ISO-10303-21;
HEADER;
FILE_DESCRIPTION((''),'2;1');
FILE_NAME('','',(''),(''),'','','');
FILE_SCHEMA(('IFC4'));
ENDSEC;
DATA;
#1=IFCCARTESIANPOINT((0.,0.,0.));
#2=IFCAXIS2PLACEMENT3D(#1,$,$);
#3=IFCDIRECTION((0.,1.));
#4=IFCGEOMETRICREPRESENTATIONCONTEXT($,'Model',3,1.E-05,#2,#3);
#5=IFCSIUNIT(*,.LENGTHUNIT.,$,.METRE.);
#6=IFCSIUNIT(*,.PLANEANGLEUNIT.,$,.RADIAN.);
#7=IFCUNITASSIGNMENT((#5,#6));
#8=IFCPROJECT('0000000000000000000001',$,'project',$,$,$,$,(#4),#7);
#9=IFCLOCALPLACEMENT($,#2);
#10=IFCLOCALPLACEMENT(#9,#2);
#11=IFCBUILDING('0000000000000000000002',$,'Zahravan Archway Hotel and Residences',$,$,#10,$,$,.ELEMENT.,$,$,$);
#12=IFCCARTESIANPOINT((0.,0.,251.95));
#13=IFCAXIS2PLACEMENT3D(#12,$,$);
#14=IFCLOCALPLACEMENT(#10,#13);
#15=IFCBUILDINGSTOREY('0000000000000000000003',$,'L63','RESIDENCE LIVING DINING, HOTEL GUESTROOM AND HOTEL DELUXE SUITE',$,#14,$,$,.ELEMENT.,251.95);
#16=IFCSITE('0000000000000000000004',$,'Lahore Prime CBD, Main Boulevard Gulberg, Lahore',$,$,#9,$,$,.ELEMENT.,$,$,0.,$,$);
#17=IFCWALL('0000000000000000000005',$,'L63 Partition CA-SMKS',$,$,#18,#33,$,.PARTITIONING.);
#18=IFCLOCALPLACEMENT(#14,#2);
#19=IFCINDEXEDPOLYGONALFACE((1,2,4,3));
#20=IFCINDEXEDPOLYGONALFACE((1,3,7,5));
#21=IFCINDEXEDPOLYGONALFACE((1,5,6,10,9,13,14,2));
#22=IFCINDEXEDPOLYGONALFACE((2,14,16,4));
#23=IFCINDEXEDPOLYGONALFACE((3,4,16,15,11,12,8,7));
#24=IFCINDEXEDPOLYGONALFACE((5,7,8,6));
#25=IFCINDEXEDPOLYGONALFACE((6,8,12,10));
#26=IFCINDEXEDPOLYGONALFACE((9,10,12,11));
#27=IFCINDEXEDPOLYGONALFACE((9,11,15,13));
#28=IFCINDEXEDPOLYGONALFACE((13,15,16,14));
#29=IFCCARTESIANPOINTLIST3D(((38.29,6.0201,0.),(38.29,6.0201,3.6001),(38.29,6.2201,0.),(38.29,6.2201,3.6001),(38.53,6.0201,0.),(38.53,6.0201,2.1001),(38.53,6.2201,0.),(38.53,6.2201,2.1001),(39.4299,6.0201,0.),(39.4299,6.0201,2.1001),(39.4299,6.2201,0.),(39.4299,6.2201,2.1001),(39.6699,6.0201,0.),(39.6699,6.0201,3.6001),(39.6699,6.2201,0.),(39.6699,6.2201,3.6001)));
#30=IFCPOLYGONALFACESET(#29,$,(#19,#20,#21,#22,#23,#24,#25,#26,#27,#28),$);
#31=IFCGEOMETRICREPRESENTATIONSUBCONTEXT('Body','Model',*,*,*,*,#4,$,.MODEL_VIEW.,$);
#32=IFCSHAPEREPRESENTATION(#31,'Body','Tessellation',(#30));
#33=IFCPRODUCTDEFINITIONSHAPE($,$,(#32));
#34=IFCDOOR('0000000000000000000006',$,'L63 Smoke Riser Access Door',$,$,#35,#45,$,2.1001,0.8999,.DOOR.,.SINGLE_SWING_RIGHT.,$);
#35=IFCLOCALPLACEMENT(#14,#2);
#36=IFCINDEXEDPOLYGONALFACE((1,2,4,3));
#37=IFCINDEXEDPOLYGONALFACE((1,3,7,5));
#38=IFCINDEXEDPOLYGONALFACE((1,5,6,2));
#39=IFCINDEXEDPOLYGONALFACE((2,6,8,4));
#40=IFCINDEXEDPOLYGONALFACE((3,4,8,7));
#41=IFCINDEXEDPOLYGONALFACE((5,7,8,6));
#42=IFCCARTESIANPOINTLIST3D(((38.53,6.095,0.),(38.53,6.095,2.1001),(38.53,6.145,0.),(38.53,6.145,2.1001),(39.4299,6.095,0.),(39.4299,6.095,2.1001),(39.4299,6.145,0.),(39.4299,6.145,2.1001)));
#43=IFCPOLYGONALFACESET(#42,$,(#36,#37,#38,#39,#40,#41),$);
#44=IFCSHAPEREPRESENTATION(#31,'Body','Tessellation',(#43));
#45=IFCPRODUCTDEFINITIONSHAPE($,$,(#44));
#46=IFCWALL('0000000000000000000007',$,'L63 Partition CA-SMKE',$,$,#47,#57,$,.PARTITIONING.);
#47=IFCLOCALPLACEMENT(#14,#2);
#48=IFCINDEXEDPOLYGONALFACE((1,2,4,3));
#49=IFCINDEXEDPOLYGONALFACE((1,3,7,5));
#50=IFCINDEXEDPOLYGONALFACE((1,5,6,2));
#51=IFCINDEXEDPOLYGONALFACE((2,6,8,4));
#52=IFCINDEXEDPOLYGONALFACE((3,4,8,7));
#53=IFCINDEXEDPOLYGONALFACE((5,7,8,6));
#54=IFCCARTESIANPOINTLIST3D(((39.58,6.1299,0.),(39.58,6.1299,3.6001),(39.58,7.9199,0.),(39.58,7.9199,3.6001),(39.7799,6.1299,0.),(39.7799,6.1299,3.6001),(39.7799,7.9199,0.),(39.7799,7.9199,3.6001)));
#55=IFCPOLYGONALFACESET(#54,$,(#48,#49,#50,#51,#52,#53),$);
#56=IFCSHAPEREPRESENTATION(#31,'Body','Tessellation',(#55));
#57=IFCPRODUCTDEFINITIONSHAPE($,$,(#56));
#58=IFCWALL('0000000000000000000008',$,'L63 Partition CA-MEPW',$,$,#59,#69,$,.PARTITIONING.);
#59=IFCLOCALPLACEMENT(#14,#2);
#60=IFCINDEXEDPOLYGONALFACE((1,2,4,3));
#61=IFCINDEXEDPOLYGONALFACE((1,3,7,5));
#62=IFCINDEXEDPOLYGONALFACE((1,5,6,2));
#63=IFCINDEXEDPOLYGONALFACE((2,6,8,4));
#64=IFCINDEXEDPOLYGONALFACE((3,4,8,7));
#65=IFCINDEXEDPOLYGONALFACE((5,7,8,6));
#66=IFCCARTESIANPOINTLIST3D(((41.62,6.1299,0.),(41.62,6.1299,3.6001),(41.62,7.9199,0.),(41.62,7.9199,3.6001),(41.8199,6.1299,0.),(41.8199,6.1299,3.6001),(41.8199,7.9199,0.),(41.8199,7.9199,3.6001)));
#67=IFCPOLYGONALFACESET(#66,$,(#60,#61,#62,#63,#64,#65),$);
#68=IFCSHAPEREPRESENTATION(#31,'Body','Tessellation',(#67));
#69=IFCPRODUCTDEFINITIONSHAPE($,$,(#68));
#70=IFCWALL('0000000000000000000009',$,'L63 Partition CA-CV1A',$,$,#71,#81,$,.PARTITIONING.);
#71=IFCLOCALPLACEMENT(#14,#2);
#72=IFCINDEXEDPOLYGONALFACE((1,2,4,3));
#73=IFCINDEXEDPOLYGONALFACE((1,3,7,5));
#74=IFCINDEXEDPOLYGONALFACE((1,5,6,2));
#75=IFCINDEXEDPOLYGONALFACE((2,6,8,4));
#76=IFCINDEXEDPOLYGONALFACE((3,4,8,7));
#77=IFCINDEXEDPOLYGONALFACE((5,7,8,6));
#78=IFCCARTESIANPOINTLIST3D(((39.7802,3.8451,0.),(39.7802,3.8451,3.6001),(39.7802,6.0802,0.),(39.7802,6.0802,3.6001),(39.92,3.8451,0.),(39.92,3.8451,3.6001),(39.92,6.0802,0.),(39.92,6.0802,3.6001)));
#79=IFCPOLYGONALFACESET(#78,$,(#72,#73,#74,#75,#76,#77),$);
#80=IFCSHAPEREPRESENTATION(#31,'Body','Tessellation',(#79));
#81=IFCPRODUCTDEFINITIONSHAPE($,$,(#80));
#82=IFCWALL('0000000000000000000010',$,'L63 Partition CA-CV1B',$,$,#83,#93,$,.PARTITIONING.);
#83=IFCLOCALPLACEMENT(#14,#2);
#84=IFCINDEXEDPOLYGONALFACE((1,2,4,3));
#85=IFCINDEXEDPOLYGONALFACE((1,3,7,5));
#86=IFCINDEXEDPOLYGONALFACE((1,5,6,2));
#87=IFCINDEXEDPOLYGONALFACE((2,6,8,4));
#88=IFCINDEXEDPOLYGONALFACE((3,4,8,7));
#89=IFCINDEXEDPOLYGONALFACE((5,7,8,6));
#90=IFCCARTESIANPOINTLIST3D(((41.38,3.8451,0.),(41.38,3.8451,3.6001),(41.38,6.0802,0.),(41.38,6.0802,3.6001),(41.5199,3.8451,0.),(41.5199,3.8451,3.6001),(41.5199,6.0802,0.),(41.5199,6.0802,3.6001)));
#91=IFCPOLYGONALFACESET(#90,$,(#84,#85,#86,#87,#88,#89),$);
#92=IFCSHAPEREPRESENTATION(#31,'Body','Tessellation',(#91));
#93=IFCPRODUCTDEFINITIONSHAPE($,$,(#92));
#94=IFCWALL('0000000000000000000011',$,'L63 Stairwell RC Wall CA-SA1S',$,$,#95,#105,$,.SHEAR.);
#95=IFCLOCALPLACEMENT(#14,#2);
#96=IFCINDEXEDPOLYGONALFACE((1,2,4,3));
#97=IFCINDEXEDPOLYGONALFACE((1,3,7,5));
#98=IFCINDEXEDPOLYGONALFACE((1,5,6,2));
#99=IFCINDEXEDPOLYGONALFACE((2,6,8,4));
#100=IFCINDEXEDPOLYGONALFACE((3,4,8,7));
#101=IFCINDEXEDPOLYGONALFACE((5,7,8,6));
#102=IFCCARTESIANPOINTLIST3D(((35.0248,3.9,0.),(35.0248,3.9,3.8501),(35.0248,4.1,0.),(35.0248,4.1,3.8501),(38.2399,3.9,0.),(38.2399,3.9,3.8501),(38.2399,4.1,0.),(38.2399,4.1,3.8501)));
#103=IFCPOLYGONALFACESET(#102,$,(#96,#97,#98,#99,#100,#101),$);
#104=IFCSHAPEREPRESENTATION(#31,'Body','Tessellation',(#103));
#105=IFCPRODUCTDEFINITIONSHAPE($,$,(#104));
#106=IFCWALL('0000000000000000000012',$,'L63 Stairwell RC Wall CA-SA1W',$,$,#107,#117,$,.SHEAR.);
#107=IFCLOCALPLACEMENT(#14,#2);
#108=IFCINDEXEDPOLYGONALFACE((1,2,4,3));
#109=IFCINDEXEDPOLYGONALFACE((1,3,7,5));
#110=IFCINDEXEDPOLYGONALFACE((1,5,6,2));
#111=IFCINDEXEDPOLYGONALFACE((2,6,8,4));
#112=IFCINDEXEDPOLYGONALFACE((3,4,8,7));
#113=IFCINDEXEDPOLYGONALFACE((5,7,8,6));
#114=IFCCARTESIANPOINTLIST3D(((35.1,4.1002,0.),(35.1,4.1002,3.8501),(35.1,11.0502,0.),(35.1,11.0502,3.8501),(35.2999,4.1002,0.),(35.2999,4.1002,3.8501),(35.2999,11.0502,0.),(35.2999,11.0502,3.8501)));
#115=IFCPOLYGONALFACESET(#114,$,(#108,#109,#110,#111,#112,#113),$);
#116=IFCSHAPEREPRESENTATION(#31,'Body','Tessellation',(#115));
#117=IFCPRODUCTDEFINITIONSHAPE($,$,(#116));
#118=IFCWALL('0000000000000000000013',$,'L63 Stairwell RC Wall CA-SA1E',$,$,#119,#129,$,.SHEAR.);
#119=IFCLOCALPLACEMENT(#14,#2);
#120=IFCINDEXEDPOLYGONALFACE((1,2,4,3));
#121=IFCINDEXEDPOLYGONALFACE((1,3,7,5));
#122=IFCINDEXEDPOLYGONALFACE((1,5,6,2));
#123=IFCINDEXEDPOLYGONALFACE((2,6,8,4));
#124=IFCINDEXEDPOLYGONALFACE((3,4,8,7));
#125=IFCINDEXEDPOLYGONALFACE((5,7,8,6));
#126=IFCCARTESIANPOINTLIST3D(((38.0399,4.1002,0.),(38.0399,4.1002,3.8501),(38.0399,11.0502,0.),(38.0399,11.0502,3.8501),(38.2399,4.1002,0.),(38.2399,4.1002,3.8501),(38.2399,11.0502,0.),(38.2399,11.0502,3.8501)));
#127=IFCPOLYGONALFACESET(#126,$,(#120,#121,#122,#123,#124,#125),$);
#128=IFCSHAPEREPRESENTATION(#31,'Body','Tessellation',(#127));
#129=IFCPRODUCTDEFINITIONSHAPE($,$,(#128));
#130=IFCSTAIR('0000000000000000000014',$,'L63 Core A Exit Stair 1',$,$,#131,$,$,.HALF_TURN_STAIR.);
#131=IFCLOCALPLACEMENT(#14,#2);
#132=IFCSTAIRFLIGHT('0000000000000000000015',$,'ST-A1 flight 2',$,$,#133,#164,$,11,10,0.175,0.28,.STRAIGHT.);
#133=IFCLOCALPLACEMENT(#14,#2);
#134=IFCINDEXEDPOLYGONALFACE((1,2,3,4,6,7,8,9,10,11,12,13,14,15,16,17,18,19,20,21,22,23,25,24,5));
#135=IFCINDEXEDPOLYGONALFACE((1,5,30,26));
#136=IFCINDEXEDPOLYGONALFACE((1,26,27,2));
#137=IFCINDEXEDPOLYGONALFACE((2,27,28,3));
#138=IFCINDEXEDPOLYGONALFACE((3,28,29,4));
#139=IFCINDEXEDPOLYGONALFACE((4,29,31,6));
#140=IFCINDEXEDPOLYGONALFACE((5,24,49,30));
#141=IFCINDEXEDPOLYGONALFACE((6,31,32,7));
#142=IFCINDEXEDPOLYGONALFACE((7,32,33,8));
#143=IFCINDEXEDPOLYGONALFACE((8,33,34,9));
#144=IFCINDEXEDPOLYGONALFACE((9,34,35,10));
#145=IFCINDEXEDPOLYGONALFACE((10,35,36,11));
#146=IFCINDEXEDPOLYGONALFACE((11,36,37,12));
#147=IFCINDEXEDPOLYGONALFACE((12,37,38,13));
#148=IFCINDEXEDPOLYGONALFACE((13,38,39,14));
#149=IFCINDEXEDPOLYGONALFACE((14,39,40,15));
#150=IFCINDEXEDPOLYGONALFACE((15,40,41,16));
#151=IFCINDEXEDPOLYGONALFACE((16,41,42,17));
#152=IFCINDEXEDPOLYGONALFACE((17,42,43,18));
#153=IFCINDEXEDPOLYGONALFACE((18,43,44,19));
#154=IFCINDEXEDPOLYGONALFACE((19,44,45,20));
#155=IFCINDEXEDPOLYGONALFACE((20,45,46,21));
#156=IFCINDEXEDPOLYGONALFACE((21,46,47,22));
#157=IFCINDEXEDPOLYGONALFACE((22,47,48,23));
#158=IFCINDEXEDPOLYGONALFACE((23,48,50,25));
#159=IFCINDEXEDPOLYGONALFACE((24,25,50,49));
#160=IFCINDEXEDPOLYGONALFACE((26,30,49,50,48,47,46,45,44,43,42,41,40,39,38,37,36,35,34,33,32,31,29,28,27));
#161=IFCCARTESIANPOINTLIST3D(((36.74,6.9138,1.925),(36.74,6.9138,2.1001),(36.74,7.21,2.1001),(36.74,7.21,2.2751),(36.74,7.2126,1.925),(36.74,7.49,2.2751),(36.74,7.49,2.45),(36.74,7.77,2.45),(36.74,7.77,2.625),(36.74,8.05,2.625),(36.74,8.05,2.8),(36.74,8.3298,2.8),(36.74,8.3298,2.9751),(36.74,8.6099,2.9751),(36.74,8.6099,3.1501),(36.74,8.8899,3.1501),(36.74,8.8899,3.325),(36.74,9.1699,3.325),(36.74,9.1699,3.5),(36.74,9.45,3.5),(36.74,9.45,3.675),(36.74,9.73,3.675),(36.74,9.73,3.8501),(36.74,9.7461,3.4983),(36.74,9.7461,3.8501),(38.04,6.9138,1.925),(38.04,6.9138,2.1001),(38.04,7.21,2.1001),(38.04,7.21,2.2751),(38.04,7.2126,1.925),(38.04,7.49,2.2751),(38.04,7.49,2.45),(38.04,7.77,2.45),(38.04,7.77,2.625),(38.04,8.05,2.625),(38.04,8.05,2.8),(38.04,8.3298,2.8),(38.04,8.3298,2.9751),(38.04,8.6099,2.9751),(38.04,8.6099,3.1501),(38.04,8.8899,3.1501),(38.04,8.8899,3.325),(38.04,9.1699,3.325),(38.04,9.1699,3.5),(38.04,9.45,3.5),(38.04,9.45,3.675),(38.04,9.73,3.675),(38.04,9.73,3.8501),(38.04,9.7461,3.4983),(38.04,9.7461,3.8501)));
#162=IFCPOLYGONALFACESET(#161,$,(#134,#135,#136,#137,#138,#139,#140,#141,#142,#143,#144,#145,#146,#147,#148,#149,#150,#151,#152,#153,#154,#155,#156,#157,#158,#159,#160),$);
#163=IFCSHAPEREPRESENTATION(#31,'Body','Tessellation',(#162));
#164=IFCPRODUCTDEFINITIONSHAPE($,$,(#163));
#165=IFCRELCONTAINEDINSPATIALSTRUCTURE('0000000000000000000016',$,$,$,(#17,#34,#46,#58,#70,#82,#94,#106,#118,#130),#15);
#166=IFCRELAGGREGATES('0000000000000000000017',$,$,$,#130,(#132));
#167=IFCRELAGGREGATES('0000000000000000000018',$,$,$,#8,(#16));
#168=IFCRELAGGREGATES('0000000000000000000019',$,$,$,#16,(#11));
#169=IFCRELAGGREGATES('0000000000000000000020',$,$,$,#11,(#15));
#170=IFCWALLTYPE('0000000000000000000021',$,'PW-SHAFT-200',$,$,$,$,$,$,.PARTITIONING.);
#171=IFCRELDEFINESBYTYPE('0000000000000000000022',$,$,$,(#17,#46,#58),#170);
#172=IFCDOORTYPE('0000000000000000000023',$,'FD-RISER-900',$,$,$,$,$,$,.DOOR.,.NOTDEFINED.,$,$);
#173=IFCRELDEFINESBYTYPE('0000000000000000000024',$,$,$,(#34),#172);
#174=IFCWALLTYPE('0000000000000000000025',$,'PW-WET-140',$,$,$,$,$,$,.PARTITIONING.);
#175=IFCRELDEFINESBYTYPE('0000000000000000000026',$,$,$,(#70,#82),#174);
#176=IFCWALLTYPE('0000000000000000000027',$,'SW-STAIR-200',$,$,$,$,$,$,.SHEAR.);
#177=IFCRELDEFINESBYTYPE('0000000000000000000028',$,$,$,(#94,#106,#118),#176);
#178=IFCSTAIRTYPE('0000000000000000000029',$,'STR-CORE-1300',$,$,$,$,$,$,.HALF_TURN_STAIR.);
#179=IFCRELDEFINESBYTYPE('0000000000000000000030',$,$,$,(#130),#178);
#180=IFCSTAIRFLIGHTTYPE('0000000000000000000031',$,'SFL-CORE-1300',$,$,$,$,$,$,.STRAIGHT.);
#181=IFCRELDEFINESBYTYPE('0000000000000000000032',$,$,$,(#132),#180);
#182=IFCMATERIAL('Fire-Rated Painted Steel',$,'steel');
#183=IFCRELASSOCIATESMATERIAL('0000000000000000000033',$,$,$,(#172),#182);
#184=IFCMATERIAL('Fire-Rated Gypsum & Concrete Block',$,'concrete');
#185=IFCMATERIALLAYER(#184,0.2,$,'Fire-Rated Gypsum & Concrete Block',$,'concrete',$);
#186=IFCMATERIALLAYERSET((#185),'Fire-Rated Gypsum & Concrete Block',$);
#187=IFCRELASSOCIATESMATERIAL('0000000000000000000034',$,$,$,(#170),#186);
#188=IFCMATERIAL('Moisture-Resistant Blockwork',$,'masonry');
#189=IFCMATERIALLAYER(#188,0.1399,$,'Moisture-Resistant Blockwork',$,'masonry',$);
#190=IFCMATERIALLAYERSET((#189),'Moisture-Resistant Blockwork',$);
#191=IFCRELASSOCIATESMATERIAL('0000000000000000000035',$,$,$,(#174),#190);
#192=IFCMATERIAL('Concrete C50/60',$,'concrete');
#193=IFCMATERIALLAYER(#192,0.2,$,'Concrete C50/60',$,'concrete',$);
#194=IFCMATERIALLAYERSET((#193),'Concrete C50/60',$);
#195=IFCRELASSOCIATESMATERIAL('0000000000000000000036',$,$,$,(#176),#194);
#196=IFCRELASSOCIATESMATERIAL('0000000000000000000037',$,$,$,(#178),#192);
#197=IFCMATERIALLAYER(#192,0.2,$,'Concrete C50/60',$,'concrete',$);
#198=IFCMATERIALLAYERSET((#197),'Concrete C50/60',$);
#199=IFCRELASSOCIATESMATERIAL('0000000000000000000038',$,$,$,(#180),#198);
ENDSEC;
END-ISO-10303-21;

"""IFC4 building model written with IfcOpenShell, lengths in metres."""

from ifc_helpers import new_model, si_unit, direction, frame, frame_2d, origin, place, context, subcontext, project, spatial, polyline, rectangle, outline, extrude, source, transform, mapped, material, layer, layer_set, type_object, type_shapes, element, fill, aggregate, save


model = new_model("IFC4")

# Units and contexts
model_context = context("Model", 3, precision=1e-05, world=origin(), true_north=direction((0.0, 1.0)))
body_context = subcontext(model_context, "Body", "Model", "MODEL_VIEW")
ifc_project = project(units=[si_unit("LENGTHUNIT", "METRE"), si_unit("PLANEANGLEUNIT", "RADIAN")], contexts=[model_context])

# Site, building, storey
site_placement = place(None, origin())
site = spatial("IfcSite", under=ifc_project, at=site_placement, Name="Lahore Prime CBD, Main Boulevard Gulberg, Lahore", CompositionType="ELEMENT", RefElevation=0.0)
building_placement = place(site_placement, origin())
building = spatial("IfcBuilding", under=site, at=building_placement, Name="Zahravan Archway Hotel and Residences", CompositionType="ELEMENT")
storey_placement = place(building_placement, frame((0.0, 0.0, 251.95)))
storey = spatial("IfcBuildingStorey", under=building, at=storey_placement, Name="L63", Description="RESIDENCE LIVING DINING, HOTEL GUESTROOM AND HOTEL DELUXE SUITE", CompositionType="ELEMENT", Elevation=251.95)

# Shared definitions
ifc_material_1 = material(Name="Concrete C50/60", Category="concrete")

# Shared definitions
ifc_material_2 = material(Name="Fire-Rated Painted Steel", Category="steel")
door_type = type_object("IfcDoorType", Name="FD-RISER-900", OperationType="NOTDEFINED", PredefinedType="DOOR", material=ifc_material_2)
shared_shape_1 = source(origin(), body_context, "Body", "SweptSolid", [
    extrude(rectangle(XDim=0.8999, YDim=2.1001, at=frame_2d((0.45, 1.05))), frame((0.0, 0.0249, 0.0), z_axis=(0.0, -1.0, 0.0), x_axis=(1.0, 0.0, 0.0)), (0.0, 0.0, 1.0), 0.05),
])
type_shapes(door_type, [shared_shape_1])

# Wall, opening, door
ifc_material_3 = material(Name="Fire-Rated Gypsum & Concrete Block", Category="concrete")
ifc_layer_1 = layer(ifc_material_3, 0.2, Name="Fire-Rated Gypsum & Concrete Block", Category="concrete")
ifc_layer_set_1 = layer_set([ifc_layer_1], Name="Fire-Rated Gypsum & Concrete Block")
wall_type_1 = type_object("IfcWallType", Name="PW-SHAFT-200", PredefinedType="PARTITIONING", material=ifc_layer_set_1)
wall_1_placement = place(storey_placement, frame((38.29, 6.1201, 0.0), z_axis=(0.0, 0.0, 1.0), x_axis=(1.0, 0.0, 0.0)))
wall_1 = element("IfcWall", 1, at=wall_1_placement, inside=storey, type_object=wall_type_1, Name="L63 Partition CA-SMKS", PredefinedType="PARTITIONING", context=body_context, shape_type="SweptSolid", body=[
    extrude(rectangle(XDim=1.3799, YDim=0.2, at=frame_2d((0.6899, 0.0))), origin(), (0.0, 0.0, 1.0), 3.6001),
])
opening_1_placement = place(wall_1_placement, frame((0.24, 0.0, 0.0)))
opening_1 = element("IfcOpeningElement", 2, at=opening_1_placement, cuts=wall_1, PredefinedType="OPENING", context=body_context, shape_type="SweptSolid", body=[
    extrude(rectangle(XDim=0.8999, YDim=2.1001, at=frame_2d((0.45, 1.05))), frame((0.0, 0.1099, 0.0), z_axis=(0.0, -1.0, 0.0), x_axis=(1.0, 0.0, 0.0)), (0.0, 0.0, 1.0), 0.22),
])
door_1_placement = place(opening_1_placement, origin())
door_1 = element("IfcDoor", 3, at=door_1_placement, inside=storey, type_object=door_type, Name="L63 Smoke Riser Access Door", OperationType="SINGLE_SWING_RIGHT", OverallHeight=2.1001, OverallWidth=0.8999, PredefinedType="DOOR", context=body_context, shape_type="MappedRepresentation", body=[
    mapped(shared_shape_1, transform((0.0, 0.0, 0.0), scale=1.0)),
])
fill(opening_1, door_1)

# Walls
for number, where, z_axis, x_axis, name in (
    (4, (39.6799, 6.1299, 0.0), (0.0, 0.0, 1.0), (0.0, 1.0, 0.0), "L63 Partition CA-SMKE"),
    (5, (41.72, 6.1299, 0.0), (0.0, 0.0, 1.0), (0.0, 1.0, 0.0), "L63 Partition CA-MEPW"),
):
    element("IfcWall", number, at=place(storey_placement, frame(where, z_axis=z_axis, x_axis=x_axis)), inside=storey, type_object=wall_type_1, Name=name, PredefinedType="PARTITIONING", context=body_context, shape_type="SweptSolid", body=[
        extrude(rectangle(XDim=1.79, YDim=0.2, at=frame_2d((0.895, 0.0))), origin(), (0.0, 0.0, 1.0), 3.6001),
    ])
ifc_material_4 = material(Name="Moisture-Resistant Blockwork", Category="masonry")
ifc_layer_2 = layer(ifc_material_4, 0.1399, Name="Moisture-Resistant Blockwork", Category="masonry")
ifc_layer_set_2 = layer_set([ifc_layer_2], Name="Moisture-Resistant Blockwork")
wall_type_2 = type_object("IfcWallType", Name="PW-WET-140", PredefinedType="PARTITIONING", material=ifc_layer_set_2)
for number, where, z_axis, x_axis, name in (
    (6, (39.8501, 3.845, 0.0), (0.0, 0.0, 1.0), (0.0, 1.0, 0.0), "L63 Partition CA-CV1A"),
    (7, (41.45, 3.845, 0.0), (0.0, 0.0, 1.0), (0.0, 1.0, 0.0), "L63 Partition CA-CV1B"),
):
    element("IfcWall", number, at=place(storey_placement, frame(where, z_axis=z_axis, x_axis=x_axis)), inside=storey, type_object=wall_type_2, Name=name, PredefinedType="PARTITIONING", context=body_context, shape_type="SweptSolid", body=[
        extrude(rectangle(XDim=2.2351, YDim=0.1399, at=frame_2d((1.1177, 0.0))), origin(), (0.0, 0.0, 1.0), 3.6001),
    ])
ifc_layer_3 = layer(ifc_material_1, 0.2, Name="Concrete C50/60", Category="concrete")
ifc_layer_set_3 = layer_set([ifc_layer_3], Name="Concrete C50/60")
wall_type_3 = type_object("IfcWallType", Name="SW-STAIR-200", PredefinedType="SHEAR", material=ifc_layer_set_3)
wall_2_placement = place(storey_placement, frame((35.0249, 4.0, 0.0), z_axis=(0.0, 0.0, 1.0), x_axis=(1.0, 0.0, 0.0)))
element("IfcWall", 8, at=wall_2_placement, inside=storey, type_object=wall_type_3, Name="L63 Stairwell RC Wall CA-SA1S", PredefinedType="SHEAR", context=body_context, shape_type="SweptSolid", body=[
    extrude(rectangle(XDim=3.2151, YDim=0.2, at=frame_2d((1.6074, 0.0))), origin(), (0.0, 0.0, 1.0), 3.8501),
])
for number, where, z_axis, x_axis, name in (
    (9, (35.2, 4.1001, 0.0), (0.0, 0.0, 1.0), (0.0, 1.0, 0.0), "L63 Stairwell RC Wall CA-SA1W"),
    (10, (38.1399, 4.1001, 0.0), (0.0, 0.0, 1.0), (0.0, 1.0, 0.0), "L63 Stairwell RC Wall CA-SA1E"),
):
    element("IfcWall", number, at=place(storey_placement, frame(where, z_axis=z_axis, x_axis=x_axis)), inside=storey, type_object=wall_type_3, Name=name, PredefinedType="SHEAR", context=body_context, shape_type="SweptSolid", body=[
        extrude(rectangle(XDim=6.95, YDim=0.2, at=frame_2d((3.4751, 0.0))), origin(), (0.0, 0.0, 1.0), 3.8501),
    ])

# Stair, stair flight
stair_type = type_object("IfcStairType", Name="STR-CORE-1300", PredefinedType="HALF_TURN_STAIR", material=ifc_material_1)
stair_placement = place(storey_placement, origin())
stair = element("IfcStair", 11, at=stair_placement, inside=storey, type_object=stair_type, Name="L63 Core A Exit Stair 1", PredefinedType="HALF_TURN_STAIR")
ifc_layer_4 = layer(ifc_material_1, 0.2, Name="Concrete C50/60", Category="concrete")
ifc_layer_set_4 = layer_set([ifc_layer_4], Name="Concrete C50/60")
stair_flight_type = type_object("IfcStairFlightType", Name="SFL-CORE-1300", PredefinedType="STRAIGHT", material=ifc_layer_set_4)
shared_shape_2 = source(origin(), body_context, "Body", "SweptSolid", [
    extrude(outline(polyline([(-0.0161, 0.0), (-0.0161, 0.175), (0.28, 0.175), (0.28, 0.3501), (0.5601, 0.3501), (0.5601, 0.5249), (0.8401, 0.5249), (0.8401, 0.7), (1.1201, 0.7), (1.1201, 0.875), (1.3999, 0.875), (1.3999, 1.05), (1.6799, 1.05), (1.6799, 1.2251), (1.96, 1.2251), (1.96, 1.3999), (2.24, 1.3999), (2.24, 1.575), (2.52, 1.575), (2.52, 1.75), (2.8, 1.75), (2.8, 1.925), (2.8162, 1.925), (2.8162, 1.5732), (0.2827, 0.0), (-0.0161, 0.0)])), frame((0.0, 0.6499, 0.0), z_axis=(0.0, -1.0, 0.0), x_axis=(1.0, 0.0, 0.0)), (0.0, 0.0, 1.0), 1.3),
])
stair_flight_placement = place(storey_placement, frame((37.3899, 6.9299, 1.925), z_axis=(0.0, 0.0, 1.0), x_axis=(0.0, 1.0, 0.0)))
stair_flight = element("IfcStairFlight", 12, at=stair_flight_placement, type_object=stair_flight_type, Name="ST-A1 flight 2", NumberOfRisers=11, NumberOfTreads=10, PredefinedType="STRAIGHT", RiserHeight=0.175, TreadLength=0.28, context=body_context, shape_type="MappedRepresentation", body=[
    mapped(shared_shape_2, transform((0.0, 0.0, 0.0), scale=1.0)),
])
aggregate(stair, [stair_flight])

save(model, "model.ifc")
